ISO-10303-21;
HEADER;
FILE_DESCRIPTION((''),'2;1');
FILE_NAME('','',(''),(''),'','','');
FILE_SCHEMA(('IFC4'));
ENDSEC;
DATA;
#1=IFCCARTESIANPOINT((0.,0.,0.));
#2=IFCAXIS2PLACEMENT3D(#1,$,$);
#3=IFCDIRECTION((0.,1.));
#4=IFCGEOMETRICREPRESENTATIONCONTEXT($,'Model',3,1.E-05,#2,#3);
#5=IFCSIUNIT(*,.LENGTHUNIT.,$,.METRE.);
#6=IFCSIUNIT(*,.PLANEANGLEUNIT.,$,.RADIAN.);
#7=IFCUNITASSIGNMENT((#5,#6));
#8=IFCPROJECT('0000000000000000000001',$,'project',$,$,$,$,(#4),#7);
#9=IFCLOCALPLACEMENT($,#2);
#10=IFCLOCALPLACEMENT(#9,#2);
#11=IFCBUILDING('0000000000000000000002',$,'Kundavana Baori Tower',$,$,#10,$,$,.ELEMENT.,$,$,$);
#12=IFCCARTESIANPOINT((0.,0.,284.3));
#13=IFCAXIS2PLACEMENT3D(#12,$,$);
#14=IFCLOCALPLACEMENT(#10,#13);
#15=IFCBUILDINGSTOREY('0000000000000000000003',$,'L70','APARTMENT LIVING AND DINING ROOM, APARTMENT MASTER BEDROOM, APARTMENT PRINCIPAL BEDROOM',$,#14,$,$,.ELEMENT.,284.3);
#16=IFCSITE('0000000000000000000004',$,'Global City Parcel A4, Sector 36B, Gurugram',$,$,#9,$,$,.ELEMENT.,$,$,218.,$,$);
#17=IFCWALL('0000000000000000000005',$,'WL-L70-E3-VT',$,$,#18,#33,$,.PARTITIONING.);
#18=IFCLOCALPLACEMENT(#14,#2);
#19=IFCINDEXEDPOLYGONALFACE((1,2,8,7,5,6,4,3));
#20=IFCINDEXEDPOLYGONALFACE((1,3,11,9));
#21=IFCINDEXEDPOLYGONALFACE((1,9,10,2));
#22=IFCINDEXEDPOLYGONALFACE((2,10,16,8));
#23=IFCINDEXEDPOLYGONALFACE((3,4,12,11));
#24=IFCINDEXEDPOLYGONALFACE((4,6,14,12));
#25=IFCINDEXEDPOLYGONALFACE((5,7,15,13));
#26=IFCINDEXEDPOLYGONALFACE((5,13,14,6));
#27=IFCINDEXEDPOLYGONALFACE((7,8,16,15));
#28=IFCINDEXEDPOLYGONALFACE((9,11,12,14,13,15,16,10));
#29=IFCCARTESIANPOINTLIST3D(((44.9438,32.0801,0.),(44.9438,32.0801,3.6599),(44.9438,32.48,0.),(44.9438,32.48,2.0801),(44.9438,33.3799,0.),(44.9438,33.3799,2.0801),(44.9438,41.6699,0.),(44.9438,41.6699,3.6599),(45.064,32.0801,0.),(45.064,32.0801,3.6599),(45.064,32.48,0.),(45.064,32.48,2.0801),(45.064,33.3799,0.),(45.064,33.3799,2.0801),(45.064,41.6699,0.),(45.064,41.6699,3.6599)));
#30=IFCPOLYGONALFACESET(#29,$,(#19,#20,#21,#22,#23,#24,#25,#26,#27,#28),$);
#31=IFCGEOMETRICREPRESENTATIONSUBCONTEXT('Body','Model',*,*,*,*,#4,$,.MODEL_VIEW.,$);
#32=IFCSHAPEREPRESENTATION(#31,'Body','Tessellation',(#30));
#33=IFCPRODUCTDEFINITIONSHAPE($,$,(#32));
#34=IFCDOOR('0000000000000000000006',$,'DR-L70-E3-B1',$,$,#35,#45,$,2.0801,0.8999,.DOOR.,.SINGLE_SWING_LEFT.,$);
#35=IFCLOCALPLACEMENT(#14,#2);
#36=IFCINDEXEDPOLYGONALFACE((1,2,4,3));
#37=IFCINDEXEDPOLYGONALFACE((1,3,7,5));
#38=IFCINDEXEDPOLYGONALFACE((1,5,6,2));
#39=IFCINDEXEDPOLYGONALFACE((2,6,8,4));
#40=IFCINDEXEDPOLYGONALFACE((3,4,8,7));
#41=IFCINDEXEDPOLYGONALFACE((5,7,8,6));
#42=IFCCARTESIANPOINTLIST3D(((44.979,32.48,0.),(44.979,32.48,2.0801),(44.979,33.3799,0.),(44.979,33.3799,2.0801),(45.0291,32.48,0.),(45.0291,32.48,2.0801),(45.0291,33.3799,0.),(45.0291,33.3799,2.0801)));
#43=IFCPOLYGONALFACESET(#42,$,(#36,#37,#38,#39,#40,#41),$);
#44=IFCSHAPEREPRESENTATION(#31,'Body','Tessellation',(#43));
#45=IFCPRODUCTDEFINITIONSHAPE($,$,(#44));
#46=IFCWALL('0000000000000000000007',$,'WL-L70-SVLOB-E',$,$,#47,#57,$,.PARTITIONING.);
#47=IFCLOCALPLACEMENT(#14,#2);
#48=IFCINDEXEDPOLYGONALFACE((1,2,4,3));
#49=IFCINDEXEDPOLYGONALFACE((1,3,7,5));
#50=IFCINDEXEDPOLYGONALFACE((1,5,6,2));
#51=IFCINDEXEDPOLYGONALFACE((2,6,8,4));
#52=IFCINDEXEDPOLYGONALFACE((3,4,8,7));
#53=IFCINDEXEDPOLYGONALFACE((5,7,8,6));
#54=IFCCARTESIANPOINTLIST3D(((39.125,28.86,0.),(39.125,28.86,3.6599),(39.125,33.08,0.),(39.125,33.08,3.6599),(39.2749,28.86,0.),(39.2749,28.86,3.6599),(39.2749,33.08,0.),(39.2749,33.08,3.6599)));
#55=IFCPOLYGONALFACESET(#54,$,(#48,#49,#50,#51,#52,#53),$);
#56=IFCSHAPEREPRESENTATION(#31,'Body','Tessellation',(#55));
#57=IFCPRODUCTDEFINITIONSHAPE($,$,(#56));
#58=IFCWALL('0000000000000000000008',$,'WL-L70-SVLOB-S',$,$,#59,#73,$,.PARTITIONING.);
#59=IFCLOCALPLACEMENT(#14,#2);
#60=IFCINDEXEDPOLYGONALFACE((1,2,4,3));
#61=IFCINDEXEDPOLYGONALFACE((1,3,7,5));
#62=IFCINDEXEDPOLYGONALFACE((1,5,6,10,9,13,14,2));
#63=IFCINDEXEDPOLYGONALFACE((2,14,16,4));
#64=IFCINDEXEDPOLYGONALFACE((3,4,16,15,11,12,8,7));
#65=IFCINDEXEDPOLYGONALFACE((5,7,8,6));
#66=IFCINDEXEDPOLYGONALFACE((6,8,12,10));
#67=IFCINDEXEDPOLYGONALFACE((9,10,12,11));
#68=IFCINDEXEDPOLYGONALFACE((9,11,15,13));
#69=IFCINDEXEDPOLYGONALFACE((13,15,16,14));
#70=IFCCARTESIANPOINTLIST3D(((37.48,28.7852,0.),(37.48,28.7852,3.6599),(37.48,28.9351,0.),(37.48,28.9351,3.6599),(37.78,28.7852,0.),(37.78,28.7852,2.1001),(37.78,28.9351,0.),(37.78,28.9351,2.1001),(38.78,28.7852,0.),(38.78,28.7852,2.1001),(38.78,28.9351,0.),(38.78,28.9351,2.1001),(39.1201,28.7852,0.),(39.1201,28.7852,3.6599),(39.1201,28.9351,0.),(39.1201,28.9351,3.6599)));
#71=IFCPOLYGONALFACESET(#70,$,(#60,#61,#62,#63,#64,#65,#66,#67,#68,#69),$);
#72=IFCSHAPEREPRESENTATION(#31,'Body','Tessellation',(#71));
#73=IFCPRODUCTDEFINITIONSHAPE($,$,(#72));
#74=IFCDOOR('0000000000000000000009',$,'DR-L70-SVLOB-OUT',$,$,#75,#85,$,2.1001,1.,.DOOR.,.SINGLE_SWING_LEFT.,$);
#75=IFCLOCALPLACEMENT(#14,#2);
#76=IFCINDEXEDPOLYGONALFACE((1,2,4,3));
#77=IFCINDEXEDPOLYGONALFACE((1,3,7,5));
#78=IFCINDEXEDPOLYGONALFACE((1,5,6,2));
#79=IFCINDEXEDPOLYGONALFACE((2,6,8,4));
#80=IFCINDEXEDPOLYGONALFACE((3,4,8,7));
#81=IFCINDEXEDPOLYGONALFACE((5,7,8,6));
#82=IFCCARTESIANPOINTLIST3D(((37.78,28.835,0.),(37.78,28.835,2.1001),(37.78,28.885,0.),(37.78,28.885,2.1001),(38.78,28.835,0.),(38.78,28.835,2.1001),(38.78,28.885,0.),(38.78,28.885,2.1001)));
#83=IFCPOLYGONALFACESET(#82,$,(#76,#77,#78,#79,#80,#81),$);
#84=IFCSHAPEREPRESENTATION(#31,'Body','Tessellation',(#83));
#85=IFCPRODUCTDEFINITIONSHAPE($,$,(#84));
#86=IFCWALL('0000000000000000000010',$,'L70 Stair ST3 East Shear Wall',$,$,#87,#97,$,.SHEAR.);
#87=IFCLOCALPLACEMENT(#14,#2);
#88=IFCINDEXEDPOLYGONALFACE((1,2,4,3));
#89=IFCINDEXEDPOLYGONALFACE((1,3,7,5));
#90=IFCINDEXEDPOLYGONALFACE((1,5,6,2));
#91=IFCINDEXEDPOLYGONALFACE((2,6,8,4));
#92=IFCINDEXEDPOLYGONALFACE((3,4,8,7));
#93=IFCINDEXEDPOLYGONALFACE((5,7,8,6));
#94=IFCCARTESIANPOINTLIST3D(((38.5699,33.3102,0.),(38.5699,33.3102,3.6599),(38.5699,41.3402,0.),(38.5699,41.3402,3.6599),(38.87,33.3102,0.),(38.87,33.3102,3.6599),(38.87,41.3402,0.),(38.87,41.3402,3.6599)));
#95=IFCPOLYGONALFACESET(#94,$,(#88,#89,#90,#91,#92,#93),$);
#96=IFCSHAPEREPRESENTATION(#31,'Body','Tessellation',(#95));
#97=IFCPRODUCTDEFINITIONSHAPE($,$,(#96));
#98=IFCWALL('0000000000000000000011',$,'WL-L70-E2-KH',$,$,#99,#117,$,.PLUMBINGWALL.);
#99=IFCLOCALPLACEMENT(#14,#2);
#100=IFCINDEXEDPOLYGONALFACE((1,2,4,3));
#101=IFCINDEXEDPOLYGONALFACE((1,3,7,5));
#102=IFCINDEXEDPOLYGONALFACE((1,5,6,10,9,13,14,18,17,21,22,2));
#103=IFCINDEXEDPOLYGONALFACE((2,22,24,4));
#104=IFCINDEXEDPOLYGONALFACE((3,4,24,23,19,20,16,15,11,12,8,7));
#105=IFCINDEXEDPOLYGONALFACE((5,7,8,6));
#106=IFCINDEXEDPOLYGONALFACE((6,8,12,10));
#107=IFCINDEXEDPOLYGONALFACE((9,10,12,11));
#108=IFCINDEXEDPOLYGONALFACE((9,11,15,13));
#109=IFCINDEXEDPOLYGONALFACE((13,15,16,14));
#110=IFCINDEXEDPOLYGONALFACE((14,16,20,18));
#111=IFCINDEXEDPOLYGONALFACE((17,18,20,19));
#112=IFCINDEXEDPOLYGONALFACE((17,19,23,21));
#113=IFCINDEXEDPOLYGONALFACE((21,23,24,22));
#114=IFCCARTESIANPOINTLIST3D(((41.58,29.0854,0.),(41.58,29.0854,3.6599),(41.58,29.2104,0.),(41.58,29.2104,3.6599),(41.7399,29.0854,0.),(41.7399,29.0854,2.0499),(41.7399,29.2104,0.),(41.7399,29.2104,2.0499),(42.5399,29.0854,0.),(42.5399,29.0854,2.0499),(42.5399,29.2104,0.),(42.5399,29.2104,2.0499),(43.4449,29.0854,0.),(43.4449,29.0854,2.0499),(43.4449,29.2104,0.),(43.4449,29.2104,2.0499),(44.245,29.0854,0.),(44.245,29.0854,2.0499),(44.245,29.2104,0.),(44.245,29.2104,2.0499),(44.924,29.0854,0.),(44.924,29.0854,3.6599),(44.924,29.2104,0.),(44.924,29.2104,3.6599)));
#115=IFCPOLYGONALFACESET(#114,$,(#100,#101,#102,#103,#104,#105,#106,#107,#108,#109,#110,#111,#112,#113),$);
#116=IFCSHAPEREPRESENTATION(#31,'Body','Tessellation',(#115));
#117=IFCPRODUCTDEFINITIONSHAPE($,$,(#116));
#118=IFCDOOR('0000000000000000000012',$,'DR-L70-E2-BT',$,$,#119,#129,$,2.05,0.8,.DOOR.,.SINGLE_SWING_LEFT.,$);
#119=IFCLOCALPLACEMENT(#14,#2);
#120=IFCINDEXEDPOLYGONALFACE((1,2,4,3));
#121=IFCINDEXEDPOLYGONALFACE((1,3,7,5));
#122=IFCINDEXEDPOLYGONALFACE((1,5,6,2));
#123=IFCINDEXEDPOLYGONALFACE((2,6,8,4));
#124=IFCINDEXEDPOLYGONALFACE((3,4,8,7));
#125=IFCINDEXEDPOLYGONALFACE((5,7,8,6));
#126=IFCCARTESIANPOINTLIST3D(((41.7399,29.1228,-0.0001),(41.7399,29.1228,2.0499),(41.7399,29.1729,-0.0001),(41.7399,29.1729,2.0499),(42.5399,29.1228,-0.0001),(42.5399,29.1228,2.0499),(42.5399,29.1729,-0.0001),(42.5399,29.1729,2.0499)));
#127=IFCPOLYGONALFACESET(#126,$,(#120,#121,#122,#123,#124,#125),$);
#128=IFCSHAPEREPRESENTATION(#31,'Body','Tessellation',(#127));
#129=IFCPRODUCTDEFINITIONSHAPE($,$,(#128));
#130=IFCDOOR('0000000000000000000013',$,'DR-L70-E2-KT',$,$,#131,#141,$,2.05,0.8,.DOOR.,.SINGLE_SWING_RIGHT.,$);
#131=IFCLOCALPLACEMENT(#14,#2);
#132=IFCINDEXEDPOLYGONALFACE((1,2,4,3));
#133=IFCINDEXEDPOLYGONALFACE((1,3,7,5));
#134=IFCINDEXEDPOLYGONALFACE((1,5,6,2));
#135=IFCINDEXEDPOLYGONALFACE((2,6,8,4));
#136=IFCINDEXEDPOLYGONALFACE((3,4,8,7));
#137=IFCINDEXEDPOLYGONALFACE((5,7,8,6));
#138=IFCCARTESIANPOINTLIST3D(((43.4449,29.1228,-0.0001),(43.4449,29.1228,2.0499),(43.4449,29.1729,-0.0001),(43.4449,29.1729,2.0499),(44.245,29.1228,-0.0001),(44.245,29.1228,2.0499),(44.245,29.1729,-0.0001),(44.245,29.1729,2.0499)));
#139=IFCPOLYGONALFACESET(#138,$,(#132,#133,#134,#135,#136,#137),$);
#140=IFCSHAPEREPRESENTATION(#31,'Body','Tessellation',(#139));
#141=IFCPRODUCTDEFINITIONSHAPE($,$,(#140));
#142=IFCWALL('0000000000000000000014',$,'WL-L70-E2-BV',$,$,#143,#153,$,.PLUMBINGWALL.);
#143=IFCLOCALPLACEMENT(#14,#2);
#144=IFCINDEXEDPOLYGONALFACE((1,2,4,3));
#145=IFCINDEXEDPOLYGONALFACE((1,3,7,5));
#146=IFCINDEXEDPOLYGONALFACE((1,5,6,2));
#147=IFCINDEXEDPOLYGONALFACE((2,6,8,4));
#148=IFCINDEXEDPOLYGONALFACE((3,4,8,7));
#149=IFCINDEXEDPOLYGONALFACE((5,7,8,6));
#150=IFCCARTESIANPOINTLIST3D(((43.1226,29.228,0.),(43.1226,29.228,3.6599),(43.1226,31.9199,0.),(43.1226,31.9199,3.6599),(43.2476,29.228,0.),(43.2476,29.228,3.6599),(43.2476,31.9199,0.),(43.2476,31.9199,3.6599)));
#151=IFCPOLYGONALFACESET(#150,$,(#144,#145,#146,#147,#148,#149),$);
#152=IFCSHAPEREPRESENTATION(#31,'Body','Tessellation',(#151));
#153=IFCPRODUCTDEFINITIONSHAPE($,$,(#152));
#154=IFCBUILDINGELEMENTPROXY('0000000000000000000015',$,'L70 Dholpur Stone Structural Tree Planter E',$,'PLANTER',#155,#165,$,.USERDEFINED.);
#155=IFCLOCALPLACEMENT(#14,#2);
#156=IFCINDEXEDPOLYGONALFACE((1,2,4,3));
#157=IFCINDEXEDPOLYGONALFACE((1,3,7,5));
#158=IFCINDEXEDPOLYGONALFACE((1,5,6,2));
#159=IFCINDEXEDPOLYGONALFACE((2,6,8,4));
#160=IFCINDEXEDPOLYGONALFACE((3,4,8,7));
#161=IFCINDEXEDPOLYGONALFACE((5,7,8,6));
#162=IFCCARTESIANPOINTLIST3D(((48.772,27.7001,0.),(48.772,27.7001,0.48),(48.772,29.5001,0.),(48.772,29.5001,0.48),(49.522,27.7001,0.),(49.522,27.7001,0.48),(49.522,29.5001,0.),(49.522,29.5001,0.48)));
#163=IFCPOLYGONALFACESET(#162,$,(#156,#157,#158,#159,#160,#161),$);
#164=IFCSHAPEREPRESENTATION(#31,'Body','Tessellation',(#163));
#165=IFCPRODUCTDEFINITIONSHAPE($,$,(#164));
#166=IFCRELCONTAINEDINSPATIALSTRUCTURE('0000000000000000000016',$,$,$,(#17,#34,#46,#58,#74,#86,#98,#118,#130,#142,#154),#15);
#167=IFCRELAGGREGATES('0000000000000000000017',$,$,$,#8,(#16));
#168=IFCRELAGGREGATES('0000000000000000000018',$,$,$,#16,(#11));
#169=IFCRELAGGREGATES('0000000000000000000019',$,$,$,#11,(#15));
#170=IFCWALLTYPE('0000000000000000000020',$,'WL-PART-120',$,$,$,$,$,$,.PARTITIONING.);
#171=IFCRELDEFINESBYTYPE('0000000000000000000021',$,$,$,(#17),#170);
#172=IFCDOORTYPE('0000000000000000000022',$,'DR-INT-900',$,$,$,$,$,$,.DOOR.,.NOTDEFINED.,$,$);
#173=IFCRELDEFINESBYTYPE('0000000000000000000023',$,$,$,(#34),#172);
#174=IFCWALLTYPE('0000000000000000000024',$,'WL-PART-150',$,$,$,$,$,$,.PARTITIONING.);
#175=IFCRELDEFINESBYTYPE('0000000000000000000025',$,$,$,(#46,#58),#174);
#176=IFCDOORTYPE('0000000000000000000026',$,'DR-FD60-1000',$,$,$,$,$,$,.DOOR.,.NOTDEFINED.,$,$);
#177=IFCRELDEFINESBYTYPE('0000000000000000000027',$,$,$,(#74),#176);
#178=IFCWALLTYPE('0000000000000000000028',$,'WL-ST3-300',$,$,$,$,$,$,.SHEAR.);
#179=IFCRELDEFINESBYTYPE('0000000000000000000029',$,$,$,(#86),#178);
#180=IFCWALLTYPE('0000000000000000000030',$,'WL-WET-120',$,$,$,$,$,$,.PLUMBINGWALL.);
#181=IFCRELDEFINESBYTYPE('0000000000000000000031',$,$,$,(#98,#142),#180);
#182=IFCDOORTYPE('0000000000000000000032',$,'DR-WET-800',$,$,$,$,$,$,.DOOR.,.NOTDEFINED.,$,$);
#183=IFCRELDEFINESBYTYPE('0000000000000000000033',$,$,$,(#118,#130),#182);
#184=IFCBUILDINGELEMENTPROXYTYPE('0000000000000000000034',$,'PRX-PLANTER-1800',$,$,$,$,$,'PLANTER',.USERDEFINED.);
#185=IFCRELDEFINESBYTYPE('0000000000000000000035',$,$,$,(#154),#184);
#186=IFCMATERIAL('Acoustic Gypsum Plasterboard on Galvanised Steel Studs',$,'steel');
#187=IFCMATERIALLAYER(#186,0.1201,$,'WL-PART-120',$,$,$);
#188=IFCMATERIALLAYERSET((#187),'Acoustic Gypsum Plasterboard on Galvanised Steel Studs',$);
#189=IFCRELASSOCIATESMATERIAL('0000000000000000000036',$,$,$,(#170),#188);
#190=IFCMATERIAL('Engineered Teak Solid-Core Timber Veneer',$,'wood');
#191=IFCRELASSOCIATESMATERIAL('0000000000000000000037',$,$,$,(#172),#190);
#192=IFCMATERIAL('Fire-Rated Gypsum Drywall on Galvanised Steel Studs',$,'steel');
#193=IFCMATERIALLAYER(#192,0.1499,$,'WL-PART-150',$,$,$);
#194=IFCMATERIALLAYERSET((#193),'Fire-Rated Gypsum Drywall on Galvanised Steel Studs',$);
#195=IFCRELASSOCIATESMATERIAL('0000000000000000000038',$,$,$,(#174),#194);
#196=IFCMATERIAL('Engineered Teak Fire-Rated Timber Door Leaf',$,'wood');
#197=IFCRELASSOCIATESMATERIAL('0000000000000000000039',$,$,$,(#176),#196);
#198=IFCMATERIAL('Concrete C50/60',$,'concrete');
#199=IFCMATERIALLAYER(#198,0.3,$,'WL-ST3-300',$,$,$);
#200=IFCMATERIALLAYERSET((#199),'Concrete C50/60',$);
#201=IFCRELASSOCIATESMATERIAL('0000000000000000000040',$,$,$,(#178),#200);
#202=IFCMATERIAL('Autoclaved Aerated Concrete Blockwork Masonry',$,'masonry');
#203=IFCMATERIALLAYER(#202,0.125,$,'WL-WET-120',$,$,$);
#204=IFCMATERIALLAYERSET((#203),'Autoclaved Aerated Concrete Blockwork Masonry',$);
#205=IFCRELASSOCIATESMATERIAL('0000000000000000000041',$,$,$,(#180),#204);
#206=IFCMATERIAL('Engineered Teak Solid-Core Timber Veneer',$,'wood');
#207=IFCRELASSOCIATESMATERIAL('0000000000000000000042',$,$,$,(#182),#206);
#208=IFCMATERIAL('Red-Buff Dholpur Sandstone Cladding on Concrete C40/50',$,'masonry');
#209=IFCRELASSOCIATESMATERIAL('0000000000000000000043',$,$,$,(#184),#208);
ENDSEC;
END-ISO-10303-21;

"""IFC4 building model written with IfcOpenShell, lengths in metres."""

from ifc_helpers import new_model, si_unit, direction, frame, frame_2d, origin, origin_2d, place, context, subcontext, project, spatial, rectangle, extrude, material, layer, layer_set, type_object, element, fill, save


model = new_model("IFC4")

# Units and contexts
model_context = context("Model", 3, precision=1e-05, world=origin(), true_north=direction((0.0, 1.0)))
body_context = subcontext(model_context, "Body", "Model", "MODEL_VIEW")
ifc_project = project(units=[si_unit("LENGTHUNIT", "METRE"), si_unit("PLANEANGLEUNIT", "RADIAN")], contexts=[model_context])

# Site, building, storey
site_placement = place(None, origin())
site = spatial("IfcSite", under=ifc_project, at=site_placement, Name="Global City Parcel A4, Sector 36B, Gurugram", CompositionType="ELEMENT", RefElevation=218.0)
building_placement = place(site_placement, origin())
building = spatial("IfcBuilding", under=site, at=building_placement, Name="Kundavana Baori Tower", CompositionType="ELEMENT")
storey_placement = place(building_placement, frame((0.0, 0.0, 284.3)))
storey = spatial("IfcBuildingStorey", under=building, at=storey_placement, Name="L70", Description="APARTMENT LIVING AND DINING ROOM, APARTMENT MASTER BEDROOM, APARTMENT PRINCIPAL BEDROOM", CompositionType="ELEMENT", Elevation=284.3)

# Shared definitions
ifc_material_1 = material(Name="Acoustic Gypsum Plasterboard on Galvanised Steel Studs", Category="steel")
ifc_layer_1 = layer(ifc_material_1, 0.1201, Name="WL-PART-120")
ifc_layer_set_1 = layer_set([ifc_layer_1], Name="Acoustic Gypsum Plasterboard on Galvanised Steel Studs")
wall_type_1 = type_object("IfcWallType", Name="WL-PART-120", PredefinedType="PARTITIONING", material=ifc_layer_set_1)

# Wall, opening, door
wall_1_placement = place(storey_placement, frame((45.0039, 32.0801, 0.0), z_axis=(0.0, 0.0, 1.0), x_axis=(0.0, 1.0, 0.0)))
wall_1 = element("IfcWall", 1, at=wall_1_placement, inside=storey, type_object=wall_type_1, Name="WL-L70-E3-VT", PredefinedType="PARTITIONING", context=body_context, shape_type="SweptSolid", body=[
    extrude(rectangle(XDim=9.5898, YDim=0.1201, at=frame_2d((4.7949, 0.0))), origin(), (0.0, 0.0, 1.0), 3.6599),
])
opening_1_placement = place(wall_1_placement, frame((0.3999, 0.0, 0.0)))
opening_1 = element("IfcOpeningElement", 2, at=opening_1_placement, cuts=wall_1, PredefinedType="OPENING", context=body_context, shape_type="SweptSolid", body=[
    extrude(rectangle(XDim=0.8999, YDim=2.0801, at=frame_2d((0.45, 1.04))), frame((0.0, 0.0701, 0.0), z_axis=(0.0, -1.0, 0.0), x_axis=(1.0, 0.0, 0.0)), (0.0, 0.0, 1.0), 0.1401),
])
ifc_material_2 = material(Name="Engineered Teak Solid-Core Timber Veneer", Category="wood")
door_type_1 = type_object("IfcDoorType", Name="DR-INT-900", OperationType="NOTDEFINED", PredefinedType="DOOR", material=ifc_material_2)
door_1_placement = place(opening_1_placement, origin())
door_1 = element("IfcDoor", 3, at=door_1_placement, inside=storey, type_object=door_type_1, Name="DR-L70-E3-B1", OperationType="SINGLE_SWING_LEFT", OverallHeight=2.0801, OverallWidth=0.8999, PredefinedType="DOOR", context=body_context, shape_type="SweptSolid", body=[
    extrude(rectangle(XDim=0.8999, YDim=2.0801, at=frame_2d((0.45, 1.04))), frame((0.0, 0.0249, 0.0), z_axis=(0.0, -1.0, 0.0), x_axis=(1.0, 0.0, 0.0)), (0.0, 0.0, 1.0), 0.05),
])
fill(opening_1, door_1)

# Wall
ifc_material_3 = material(Name="Fire-Rated Gypsum Drywall on Galvanised Steel Studs", Category="steel")
ifc_layer_2 = layer(ifc_material_3, 0.1499, Name="WL-PART-150")
ifc_layer_set_2 = layer_set([ifc_layer_2], Name="Fire-Rated Gypsum Drywall on Galvanised Steel Studs")
wall_type_2 = type_object("IfcWallType", Name="WL-PART-150", PredefinedType="PARTITIONING", material=ifc_layer_set_2)
wall_2_placement = place(storey_placement, frame((39.2, 28.8601, 0.0), z_axis=(0.0, 0.0, 1.0), x_axis=(0.0, 1.0, 0.0)))
element("IfcWall", 4, at=wall_2_placement, inside=storey, type_object=wall_type_2, Name="WL-L70-SVLOB-E", PredefinedType="PARTITIONING", context=body_context, shape_type="SweptSolid", body=[
    extrude(rectangle(XDim=4.22, YDim=0.1499, at=frame_2d((2.1099, 0.0))), origin(), (0.0, 0.0, 1.0), 3.6599),
])

# Wall, opening, door
wall_3_placement = place(storey_placement, frame((37.48, 28.8601, 0.0), z_axis=(0.0, 0.0, 1.0), x_axis=(1.0, 0.0, 0.0)))
wall_3 = element("IfcWall", 5, at=wall_3_placement, inside=storey, type_object=wall_type_2, Name="WL-L70-SVLOB-S", PredefinedType="PARTITIONING", context=body_context, shape_type="SweptSolid", body=[
    extrude(rectangle(XDim=1.6401, YDim=0.1499, at=frame_2d((0.8201, 0.0))), origin(), (0.0, 0.0, 1.0), 3.6599),
])
opening_2_placement = place(wall_3_placement, frame((0.3, 0.0, 0.0)))
opening_2 = element("IfcOpeningElement", 6, at=opening_2_placement, cuts=wall_3, PredefinedType="OPENING", context=body_context, shape_type="SweptSolid", body=[
    extrude(rectangle(XDim=1.0, YDim=2.1001, at=frame_2d((0.5, 1.05))), frame((0.0, 0.085, 0.0), z_axis=(0.0, -1.0, 0.0), x_axis=(1.0, 0.0, 0.0)), (0.0, 0.0, 1.0), 0.1699),
])
ifc_material_4 = material(Name="Engineered Teak Fire-Rated Timber Door Leaf", Category="wood")
door_type_2 = type_object("IfcDoorType", Name="DR-FD60-1000", OperationType="NOTDEFINED", PredefinedType="DOOR", material=ifc_material_4)
door_2_placement = place(opening_2_placement, origin())
door_2 = element("IfcDoor", 7, at=door_2_placement, inside=storey, type_object=door_type_2, Name="DR-L70-SVLOB-OUT", OperationType="SINGLE_SWING_LEFT", OverallHeight=2.1001, OverallWidth=1.0, PredefinedType="DOOR", context=body_context, shape_type="SweptSolid", body=[
    extrude(rectangle(XDim=1.0, YDim=2.1001, at=frame_2d((0.5, 1.05))), frame((0.0, 0.0249, 0.0), z_axis=(0.0, -1.0, 0.0), x_axis=(1.0, 0.0, 0.0)), (0.0, 0.0, 1.0), 0.05),
])
fill(opening_2, door_2)

# Wall
ifc_material_5 = material(Name="Concrete C50/60", Category="concrete")
ifc_layer_3 = layer(ifc_material_5, 0.3, Name="WL-ST3-300")
ifc_layer_set_3 = layer_set([ifc_layer_3], Name="Concrete C50/60")
wall_type_3 = type_object("IfcWallType", Name="WL-ST3-300", PredefinedType="SHEAR", material=ifc_layer_set_3)
wall_4_placement = place(storey_placement, frame((38.72, 33.3101, 0.0), z_axis=(0.0, 0.0, 1.0), x_axis=(0.0, 1.0, 0.0)))
element("IfcWall", 8, at=wall_4_placement, inside=storey, type_object=wall_type_3, Name="L70 Stair ST3 East Shear Wall", PredefinedType="SHEAR", context=body_context, shape_type="SweptSolid", body=[
    extrude(rectangle(XDim=8.03, YDim=0.3, at=frame_2d((4.0151, 0.0))), origin(), (0.0, 0.0, 1.0), 3.6599),
])

# Wall, openings, doors
ifc_material_6 = material(Name="Autoclaved Aerated Concrete Blockwork Masonry", Category="masonry")
ifc_layer_4 = layer(ifc_material_6, 0.125, Name="WL-WET-120")
ifc_layer_set_4 = layer_set([ifc_layer_4], Name="Autoclaved Aerated Concrete Blockwork Masonry")
wall_type_4 = type_object("IfcWallType", Name="WL-WET-120", PredefinedType="PLUMBINGWALL", material=ifc_layer_set_4)
wall_5_placement = place(storey_placement, frame((41.5801, 29.1479, 0.0), z_axis=(0.0, 0.0, 1.0), x_axis=(1.0, 0.0, 0.0)))
wall_5 = element("IfcWall", 9, at=wall_5_placement, inside=storey, type_object=wall_type_4, Name="WL-L70-E2-KH", PredefinedType="PLUMBINGWALL", context=body_context, shape_type="SweptSolid", body=[
    extrude(rectangle(XDim=3.344, YDim=0.125, at=frame_2d((1.6719, 0.0))), origin(), (0.0, 0.0, 1.0), 3.6599),
])
opening_3_placement = place(wall_5_placement, frame((0.1599, 0.0, 0.0)))
opening_3 = element("IfcOpeningElement", 10, at=opening_3_placement, cuts=wall_5, PredefinedType="OPENING", context=body_context, shape_type="SweptSolid", body=[
    extrude(rectangle(XDim=0.8, YDim=2.05, at=frame_2d((0.3999, 1.0249))), frame((0.0, 0.0725, 0.0), z_axis=(0.0, -1.0, 0.0), x_axis=(1.0, 0.0, 0.0)), (0.0, 0.0, 1.0), 0.145),
])
opening_4_placement = place(wall_5_placement, frame((1.865, 0.0, 0.0)))
opening_4 = element("IfcOpeningElement", 11, at=opening_4_placement, cuts=wall_5, PredefinedType="OPENING", context=body_context, shape_type="SweptSolid", body=[
    extrude(rectangle(XDim=0.8, YDim=2.05, at=frame_2d((0.3999, 1.0249))), frame((0.0, 0.0725, 0.0), z_axis=(0.0, -1.0, 0.0), x_axis=(1.0, 0.0, 0.0)), (0.0, 0.0, 1.0), 0.145),
])
ifc_material_7 = material(Name="Engineered Teak Solid-Core Timber Veneer", Category="wood")
door_type_3 = type_object("IfcDoorType", Name="DR-WET-800", OperationType="NOTDEFINED", PredefinedType="DOOR", material=ifc_material_7)
door_3_placement = place(opening_3_placement, origin())
door_3 = element("IfcDoor", 12, at=door_3_placement, inside=storey, type_object=door_type_3, Name="DR-L70-E2-BT", OperationType="SINGLE_SWING_LEFT", OverallHeight=2.05, OverallWidth=0.8, PredefinedType="DOOR", context=body_context, shape_type="SweptSolid", body=[
    extrude(rectangle(XDim=0.8, YDim=2.05, at=frame_2d((0.3999, 1.0249))), frame((0.0, 0.0249, 0.0), z_axis=(0.0, -1.0, 0.0), x_axis=(1.0, 0.0, 0.0)), (0.0, 0.0, 1.0), 0.05),
])
fill(opening_3, door_3)
door_4_placement = place(opening_4_placement, origin())
door_4 = element("IfcDoor", 13, at=door_4_placement, inside=storey, type_object=door_type_3, Name="DR-L70-E2-KT", OperationType="SINGLE_SWING_RIGHT", OverallHeight=2.05, OverallWidth=0.8, PredefinedType="DOOR", context=body_context, shape_type="SweptSolid", body=[
    extrude(rectangle(XDim=0.8, YDim=2.05, at=frame_2d((0.3999, 1.0249))), frame((0.0, 0.0249, 0.0), z_axis=(0.0, -1.0, 0.0), x_axis=(1.0, 0.0, 0.0)), (0.0, 0.0, 1.0), 0.05),
])
fill(opening_4, door_4)

# Wall
wall_6_placement = place(storey_placement, frame((43.1851, 29.228, 0.0), z_axis=(0.0, 0.0, 1.0), x_axis=(0.0, 1.0, 0.0)))
element("IfcWall", 14, at=wall_6_placement, inside=storey, type_object=wall_type_4, Name="WL-L70-E2-BV", PredefinedType="PLUMBINGWALL", context=body_context, shape_type="SweptSolid", body=[
    extrude(rectangle(XDim=2.6919, YDim=0.125, at=frame_2d((1.3459, 0.0))), origin(), (0.0, 0.0, 1.0), 3.6599),
])

# Building element proxy
ifc_material_8 = material(Name="Red-Buff Dholpur Sandstone Cladding on Concrete C40/50", Category="masonry")
building_element_proxy_type = type_object("IfcBuildingElementProxyType", Name="PRX-PLANTER-1800", ElementType="PLANTER", PredefinedType="USERDEFINED", material=ifc_material_8)
proxy_placement = place(storey_placement, frame((49.147, 28.6001, 0.0), z_axis=(0.0, 0.0, 1.0), x_axis=(0.0, 1.0, 0.0)))
element("IfcBuildingElementProxy", 15, at=proxy_placement, inside=storey, type_object=building_element_proxy_type, Name="L70 Dholpur Stone Structural Tree Planter E", ObjectType="PLANTER", PredefinedType="USERDEFINED", context=body_context, shape_type="SweptSolid", body=[
    extrude(rectangle(XDim=1.8, YDim=0.75, at=origin_2d()), origin(), (0.0, 0.0, 1.0), 0.48),
])

save(model, "model.ifc")
